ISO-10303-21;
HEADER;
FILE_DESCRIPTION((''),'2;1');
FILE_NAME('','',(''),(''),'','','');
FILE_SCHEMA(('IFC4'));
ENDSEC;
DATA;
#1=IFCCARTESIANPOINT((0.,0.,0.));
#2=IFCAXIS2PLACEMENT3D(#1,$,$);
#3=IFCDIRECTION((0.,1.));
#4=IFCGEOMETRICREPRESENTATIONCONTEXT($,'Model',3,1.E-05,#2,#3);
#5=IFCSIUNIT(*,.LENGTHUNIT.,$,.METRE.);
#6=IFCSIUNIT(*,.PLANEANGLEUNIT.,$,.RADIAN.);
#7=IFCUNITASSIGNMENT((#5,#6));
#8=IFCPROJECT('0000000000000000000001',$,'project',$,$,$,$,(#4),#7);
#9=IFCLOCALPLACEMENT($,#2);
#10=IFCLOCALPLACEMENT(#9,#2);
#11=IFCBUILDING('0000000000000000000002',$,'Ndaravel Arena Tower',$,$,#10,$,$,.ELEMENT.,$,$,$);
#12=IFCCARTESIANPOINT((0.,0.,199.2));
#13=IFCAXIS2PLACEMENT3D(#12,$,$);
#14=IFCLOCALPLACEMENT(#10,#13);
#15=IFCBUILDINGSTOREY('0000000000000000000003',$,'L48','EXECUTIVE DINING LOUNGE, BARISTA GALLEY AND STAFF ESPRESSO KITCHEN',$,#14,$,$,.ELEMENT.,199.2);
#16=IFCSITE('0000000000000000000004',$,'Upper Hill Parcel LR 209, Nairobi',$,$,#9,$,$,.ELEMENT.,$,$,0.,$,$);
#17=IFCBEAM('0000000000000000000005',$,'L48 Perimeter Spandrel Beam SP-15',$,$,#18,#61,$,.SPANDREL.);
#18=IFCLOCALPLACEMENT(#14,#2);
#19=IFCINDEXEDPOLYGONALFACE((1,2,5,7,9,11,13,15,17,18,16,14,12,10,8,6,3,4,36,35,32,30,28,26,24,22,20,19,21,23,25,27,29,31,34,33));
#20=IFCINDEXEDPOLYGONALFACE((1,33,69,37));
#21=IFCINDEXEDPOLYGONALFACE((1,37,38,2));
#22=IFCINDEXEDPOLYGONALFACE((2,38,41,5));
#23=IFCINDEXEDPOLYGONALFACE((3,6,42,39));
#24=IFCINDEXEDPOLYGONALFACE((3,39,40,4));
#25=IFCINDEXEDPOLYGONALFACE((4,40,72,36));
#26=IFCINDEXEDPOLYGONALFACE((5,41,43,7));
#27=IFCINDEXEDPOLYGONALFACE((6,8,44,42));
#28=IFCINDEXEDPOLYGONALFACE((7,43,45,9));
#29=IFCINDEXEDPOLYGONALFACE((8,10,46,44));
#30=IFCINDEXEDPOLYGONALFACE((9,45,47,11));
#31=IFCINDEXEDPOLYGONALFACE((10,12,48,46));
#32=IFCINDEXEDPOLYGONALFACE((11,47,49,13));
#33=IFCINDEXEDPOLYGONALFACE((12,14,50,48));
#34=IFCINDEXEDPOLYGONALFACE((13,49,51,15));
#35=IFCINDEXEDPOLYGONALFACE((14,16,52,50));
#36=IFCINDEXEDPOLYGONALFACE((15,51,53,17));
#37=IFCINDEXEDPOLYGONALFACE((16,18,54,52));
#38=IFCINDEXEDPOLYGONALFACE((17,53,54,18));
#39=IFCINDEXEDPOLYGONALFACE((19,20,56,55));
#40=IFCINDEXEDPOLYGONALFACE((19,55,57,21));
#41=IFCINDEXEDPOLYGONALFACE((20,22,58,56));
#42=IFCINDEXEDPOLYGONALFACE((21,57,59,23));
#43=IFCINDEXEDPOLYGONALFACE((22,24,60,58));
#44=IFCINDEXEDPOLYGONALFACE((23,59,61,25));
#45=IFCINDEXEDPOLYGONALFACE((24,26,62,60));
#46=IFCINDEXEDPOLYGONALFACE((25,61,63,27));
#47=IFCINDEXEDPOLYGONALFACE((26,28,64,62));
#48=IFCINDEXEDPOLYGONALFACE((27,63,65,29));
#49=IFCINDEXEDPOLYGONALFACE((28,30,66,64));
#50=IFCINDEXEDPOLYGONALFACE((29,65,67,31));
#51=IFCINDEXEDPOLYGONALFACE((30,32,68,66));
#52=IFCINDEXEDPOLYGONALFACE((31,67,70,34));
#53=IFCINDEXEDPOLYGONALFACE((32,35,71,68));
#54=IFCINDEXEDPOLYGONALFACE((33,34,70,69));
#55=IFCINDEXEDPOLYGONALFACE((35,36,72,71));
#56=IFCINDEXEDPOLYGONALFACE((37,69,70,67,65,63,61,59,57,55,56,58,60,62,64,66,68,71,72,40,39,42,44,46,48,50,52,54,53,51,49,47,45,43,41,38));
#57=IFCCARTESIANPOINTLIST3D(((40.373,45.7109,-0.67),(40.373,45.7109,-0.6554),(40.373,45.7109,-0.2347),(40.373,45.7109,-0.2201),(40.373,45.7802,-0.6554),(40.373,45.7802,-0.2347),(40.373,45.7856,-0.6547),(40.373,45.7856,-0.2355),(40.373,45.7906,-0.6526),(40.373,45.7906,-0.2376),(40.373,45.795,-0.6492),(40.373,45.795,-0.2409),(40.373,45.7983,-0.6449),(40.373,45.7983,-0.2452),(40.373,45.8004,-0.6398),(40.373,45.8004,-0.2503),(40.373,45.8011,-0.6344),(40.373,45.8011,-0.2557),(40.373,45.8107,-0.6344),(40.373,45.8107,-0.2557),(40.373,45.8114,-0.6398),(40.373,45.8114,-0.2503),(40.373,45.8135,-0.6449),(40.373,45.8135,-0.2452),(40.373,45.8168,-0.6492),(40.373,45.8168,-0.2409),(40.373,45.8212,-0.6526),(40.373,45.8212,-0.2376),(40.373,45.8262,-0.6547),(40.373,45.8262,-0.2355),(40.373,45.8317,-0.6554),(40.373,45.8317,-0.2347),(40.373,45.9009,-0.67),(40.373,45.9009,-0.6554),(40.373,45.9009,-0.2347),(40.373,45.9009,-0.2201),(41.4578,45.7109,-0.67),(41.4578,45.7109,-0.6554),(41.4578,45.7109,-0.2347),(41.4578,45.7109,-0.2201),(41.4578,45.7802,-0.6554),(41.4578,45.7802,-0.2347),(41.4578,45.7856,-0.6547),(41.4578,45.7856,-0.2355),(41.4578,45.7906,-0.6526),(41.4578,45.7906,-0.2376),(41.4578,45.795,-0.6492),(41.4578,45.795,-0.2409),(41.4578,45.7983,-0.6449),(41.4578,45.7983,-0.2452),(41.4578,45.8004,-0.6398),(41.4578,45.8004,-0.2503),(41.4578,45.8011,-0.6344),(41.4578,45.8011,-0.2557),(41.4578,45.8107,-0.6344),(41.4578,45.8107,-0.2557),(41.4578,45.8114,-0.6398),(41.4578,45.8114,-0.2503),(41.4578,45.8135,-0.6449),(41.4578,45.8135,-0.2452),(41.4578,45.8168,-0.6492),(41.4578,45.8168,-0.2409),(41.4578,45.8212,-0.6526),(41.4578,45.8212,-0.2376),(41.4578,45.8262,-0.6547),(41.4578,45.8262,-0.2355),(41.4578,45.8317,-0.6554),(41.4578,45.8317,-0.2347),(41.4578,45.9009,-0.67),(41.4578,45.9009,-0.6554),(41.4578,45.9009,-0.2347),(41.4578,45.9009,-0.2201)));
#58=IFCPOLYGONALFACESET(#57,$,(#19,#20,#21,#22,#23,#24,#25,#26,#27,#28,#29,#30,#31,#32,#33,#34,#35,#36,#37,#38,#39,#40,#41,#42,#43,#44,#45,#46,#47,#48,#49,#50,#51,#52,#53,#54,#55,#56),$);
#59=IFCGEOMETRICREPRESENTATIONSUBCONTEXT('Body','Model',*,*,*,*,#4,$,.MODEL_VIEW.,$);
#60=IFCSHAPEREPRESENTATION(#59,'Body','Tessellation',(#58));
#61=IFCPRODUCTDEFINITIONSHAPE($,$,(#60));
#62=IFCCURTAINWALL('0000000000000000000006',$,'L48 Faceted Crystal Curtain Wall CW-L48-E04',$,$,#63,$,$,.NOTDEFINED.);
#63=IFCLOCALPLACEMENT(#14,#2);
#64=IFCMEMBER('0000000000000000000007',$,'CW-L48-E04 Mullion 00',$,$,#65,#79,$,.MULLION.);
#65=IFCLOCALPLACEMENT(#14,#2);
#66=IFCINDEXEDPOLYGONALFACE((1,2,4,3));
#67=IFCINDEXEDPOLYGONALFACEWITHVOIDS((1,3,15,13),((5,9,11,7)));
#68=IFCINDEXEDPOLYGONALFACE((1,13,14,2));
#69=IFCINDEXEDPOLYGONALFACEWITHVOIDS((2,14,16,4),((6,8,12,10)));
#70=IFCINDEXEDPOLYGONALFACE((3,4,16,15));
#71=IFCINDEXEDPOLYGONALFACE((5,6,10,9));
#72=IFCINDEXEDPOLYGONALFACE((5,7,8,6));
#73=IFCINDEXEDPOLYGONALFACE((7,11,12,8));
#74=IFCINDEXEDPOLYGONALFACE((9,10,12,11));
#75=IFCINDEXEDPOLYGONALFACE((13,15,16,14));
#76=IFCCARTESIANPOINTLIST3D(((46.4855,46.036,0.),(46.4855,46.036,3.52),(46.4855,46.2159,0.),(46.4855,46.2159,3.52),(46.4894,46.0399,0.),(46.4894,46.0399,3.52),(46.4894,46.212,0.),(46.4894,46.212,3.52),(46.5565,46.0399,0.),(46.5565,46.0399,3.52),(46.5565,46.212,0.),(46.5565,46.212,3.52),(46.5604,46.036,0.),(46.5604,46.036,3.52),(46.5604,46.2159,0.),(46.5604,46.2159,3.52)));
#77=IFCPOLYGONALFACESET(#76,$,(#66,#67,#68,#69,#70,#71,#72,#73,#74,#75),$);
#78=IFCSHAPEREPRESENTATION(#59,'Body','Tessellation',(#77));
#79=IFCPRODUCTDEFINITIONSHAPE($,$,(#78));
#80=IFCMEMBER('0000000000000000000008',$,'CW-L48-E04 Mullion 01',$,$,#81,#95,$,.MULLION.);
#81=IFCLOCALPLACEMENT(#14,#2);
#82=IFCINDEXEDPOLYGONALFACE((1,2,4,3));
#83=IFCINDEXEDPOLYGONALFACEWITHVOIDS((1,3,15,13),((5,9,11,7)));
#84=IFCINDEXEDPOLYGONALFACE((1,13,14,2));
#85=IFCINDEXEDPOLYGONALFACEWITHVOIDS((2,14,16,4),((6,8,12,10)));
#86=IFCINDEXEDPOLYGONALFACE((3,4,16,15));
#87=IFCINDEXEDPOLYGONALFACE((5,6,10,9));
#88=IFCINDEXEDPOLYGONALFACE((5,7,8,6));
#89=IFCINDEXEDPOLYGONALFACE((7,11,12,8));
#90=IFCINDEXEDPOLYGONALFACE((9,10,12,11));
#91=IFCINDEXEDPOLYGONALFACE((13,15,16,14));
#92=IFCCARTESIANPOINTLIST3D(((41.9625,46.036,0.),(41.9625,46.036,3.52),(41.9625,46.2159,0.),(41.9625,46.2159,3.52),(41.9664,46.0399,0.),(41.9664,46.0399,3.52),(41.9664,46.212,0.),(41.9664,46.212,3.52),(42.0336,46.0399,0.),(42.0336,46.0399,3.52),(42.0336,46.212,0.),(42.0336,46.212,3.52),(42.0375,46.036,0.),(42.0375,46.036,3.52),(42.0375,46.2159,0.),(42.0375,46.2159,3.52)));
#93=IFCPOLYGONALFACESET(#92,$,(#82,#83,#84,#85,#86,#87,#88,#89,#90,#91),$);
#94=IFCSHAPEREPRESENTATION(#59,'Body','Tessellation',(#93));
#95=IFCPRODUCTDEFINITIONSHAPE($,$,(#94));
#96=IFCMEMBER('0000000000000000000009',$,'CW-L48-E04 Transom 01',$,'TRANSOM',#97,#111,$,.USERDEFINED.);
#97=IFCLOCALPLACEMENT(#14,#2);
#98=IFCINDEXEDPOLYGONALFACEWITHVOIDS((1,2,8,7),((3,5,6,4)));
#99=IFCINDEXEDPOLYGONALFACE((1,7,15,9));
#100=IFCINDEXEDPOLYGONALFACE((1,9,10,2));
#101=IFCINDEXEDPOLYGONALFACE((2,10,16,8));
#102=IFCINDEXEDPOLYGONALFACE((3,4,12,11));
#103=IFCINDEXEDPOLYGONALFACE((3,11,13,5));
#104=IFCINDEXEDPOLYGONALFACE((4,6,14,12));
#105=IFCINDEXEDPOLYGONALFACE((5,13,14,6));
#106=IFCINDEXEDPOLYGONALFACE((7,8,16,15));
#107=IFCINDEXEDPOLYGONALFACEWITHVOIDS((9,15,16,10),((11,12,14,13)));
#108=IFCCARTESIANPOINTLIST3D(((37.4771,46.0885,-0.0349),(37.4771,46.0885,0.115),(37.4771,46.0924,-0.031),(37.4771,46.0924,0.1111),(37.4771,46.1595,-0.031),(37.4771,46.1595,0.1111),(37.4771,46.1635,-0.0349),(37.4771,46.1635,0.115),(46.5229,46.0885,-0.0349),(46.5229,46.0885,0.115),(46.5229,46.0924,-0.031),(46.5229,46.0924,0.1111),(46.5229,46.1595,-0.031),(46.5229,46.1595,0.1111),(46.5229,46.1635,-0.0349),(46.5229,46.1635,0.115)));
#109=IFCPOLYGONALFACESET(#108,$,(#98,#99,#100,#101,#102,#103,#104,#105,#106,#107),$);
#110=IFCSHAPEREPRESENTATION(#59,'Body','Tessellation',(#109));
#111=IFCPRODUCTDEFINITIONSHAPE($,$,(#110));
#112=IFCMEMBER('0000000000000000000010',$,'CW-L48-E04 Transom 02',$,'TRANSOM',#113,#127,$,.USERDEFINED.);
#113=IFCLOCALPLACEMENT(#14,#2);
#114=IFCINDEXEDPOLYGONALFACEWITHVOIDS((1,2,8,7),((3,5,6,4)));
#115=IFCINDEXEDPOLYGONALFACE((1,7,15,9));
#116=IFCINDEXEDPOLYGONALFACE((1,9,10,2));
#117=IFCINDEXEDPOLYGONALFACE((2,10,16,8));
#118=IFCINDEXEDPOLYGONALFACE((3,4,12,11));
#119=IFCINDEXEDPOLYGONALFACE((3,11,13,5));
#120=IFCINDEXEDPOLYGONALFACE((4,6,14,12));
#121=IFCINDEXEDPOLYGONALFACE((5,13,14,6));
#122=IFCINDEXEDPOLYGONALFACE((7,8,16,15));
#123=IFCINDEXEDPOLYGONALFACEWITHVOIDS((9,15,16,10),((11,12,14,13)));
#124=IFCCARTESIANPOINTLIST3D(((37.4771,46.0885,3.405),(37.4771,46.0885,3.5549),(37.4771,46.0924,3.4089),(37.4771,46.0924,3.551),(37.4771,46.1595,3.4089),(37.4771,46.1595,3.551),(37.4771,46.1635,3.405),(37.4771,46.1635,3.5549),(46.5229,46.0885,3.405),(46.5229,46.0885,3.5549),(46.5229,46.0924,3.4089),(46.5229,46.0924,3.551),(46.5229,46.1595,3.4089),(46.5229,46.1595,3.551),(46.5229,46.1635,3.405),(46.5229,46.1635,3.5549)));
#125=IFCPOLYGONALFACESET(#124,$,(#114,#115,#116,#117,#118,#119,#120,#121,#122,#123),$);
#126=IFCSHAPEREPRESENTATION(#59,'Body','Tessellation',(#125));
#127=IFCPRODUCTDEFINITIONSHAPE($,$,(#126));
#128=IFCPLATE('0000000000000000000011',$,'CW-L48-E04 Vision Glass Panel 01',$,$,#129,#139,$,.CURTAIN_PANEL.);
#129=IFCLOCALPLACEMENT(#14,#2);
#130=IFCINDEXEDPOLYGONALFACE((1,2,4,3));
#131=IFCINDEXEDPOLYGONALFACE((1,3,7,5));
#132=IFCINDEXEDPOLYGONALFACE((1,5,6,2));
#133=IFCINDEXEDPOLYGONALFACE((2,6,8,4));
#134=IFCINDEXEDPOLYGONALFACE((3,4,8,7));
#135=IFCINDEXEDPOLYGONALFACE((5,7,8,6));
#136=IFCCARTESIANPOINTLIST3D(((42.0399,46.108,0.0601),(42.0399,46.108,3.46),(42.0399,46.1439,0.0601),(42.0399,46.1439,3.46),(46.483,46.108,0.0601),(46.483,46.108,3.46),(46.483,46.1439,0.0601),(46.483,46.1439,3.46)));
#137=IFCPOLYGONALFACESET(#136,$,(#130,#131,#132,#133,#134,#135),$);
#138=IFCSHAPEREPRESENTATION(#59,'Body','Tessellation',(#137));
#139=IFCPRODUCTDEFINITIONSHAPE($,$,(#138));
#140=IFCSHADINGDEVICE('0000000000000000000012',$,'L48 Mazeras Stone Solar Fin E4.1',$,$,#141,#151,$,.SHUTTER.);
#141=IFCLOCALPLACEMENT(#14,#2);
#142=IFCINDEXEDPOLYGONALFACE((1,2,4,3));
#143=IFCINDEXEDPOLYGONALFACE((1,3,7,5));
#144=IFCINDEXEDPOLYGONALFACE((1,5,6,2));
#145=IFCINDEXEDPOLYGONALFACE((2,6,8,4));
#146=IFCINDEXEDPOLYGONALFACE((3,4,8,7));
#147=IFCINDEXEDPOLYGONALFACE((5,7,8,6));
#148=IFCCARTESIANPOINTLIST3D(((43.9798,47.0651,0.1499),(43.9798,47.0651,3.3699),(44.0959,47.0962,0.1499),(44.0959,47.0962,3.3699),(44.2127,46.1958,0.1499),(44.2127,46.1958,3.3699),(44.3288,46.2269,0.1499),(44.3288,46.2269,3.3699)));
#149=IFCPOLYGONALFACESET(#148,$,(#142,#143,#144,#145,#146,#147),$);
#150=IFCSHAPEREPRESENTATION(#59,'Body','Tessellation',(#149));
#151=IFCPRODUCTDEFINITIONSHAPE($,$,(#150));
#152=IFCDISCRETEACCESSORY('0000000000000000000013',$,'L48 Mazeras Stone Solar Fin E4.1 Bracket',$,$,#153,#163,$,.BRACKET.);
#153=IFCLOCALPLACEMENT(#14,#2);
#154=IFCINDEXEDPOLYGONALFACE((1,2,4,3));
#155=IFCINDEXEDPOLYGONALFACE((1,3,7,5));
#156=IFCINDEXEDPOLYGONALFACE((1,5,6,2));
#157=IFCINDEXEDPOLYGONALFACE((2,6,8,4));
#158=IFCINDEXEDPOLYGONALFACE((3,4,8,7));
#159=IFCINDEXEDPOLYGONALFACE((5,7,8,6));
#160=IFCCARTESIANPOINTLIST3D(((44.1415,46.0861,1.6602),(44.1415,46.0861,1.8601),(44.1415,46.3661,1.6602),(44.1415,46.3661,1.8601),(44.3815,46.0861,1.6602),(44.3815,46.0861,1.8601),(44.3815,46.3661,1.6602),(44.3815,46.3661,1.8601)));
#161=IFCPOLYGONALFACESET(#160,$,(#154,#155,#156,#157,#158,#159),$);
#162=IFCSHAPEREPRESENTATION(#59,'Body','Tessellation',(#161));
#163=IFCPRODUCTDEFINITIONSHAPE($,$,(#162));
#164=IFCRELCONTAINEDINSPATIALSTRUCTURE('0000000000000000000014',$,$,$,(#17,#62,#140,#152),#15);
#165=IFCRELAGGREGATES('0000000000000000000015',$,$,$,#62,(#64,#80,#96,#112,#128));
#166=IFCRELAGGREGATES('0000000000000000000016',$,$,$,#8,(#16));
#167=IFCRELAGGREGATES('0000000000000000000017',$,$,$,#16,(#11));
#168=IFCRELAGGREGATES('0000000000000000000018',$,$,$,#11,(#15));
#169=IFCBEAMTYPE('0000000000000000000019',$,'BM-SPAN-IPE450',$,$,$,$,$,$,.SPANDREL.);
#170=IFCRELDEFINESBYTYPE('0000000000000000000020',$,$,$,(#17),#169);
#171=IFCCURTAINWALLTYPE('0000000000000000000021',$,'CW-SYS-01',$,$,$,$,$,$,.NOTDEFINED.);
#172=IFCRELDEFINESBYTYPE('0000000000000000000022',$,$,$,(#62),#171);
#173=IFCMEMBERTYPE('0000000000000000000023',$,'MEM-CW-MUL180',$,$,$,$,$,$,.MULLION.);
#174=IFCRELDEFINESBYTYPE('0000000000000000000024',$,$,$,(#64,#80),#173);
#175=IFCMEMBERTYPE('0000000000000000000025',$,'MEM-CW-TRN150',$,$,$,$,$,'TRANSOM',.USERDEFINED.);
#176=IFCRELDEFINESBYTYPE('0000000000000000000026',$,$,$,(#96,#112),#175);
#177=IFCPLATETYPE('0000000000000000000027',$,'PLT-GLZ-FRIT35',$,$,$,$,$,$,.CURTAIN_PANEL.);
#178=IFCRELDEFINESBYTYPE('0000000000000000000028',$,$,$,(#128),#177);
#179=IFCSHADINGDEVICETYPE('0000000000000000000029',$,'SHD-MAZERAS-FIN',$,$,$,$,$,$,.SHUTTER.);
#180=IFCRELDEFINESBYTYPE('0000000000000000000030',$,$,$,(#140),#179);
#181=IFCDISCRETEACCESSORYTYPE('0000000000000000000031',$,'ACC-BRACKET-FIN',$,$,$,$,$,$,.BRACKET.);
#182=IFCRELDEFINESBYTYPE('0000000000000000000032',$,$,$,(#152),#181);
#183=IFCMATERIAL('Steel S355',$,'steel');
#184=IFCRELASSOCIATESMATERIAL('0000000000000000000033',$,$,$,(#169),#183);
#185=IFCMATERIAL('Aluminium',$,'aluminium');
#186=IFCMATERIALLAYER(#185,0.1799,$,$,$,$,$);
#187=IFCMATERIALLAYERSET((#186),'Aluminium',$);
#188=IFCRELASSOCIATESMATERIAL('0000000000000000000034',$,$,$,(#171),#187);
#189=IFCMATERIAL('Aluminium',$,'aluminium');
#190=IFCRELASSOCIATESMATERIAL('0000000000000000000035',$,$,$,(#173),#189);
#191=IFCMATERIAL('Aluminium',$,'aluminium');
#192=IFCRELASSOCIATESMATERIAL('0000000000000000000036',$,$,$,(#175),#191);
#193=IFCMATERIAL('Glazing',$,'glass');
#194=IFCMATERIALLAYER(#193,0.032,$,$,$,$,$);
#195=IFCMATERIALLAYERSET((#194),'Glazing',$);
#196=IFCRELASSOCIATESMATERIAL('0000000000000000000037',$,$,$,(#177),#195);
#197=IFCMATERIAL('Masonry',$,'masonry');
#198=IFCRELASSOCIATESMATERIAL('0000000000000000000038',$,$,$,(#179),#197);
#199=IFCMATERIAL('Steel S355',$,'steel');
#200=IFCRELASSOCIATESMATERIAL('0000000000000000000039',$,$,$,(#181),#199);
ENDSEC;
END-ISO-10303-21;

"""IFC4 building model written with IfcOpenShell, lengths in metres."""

from ifc_helpers import new_model, si_unit, direction, frame, origin, origin_2d, place, context, subcontext, project, spatial, rectangle, hollow_rectangle, i_section, extrude, material, layer, layer_set, material_profile, profile_set, type_object, element, aggregate, save


model = new_model("IFC4")

# Units and contexts
model_context = context("Model", 3, precision=1e-05, world=origin(), true_north=direction((0.0, 1.0)))
body_context = subcontext(model_context, "Body", "Model", "MODEL_VIEW")
ifc_project = project(units=[si_unit("LENGTHUNIT", "METRE"), si_unit("PLANEANGLEUNIT", "RADIAN")], contexts=[model_context])

# Site, building, storey
site_placement = place(None, origin())
site = spatial("IfcSite", under=ifc_project, at=site_placement, Name="Upper Hill Parcel LR 209, Nairobi", CompositionType="ELEMENT", RefElevation=0.0)
building_placement = place(site_placement, origin())
building = spatial("IfcBuilding", under=site, at=building_placement, Name="Ndaravel Arena Tower", CompositionType="ELEMENT")
storey_placement = place(building_placement, frame((0.0, 0.0, 199.2)))
storey = spatial("IfcBuildingStorey", under=building, at=storey_placement, Name="L48", Description="EXECUTIVE DINING LOUNGE, BARISTA GALLEY AND STAFF ESPRESSO KITCHEN", CompositionType="ELEMENT", Elevation=199.2)

# Beam
ifc_material_1 = material(Name="Steel S355", Category="steel")
ifc_material_profile_1 = material_profile(ifc_material_1, i_section(OverallWidth=0.1899, OverallDepth=0.45, WebThickness=0.0095, FlangeThickness=0.0146, FilletRadius=0.021, at=origin_2d()), Name="IPE 450")
ifc_profile_set_1 = profile_set([ifc_material_profile_1], Name="Steel S355")
beam_type_1 = type_object("IfcBeamType", Name="BM-SPAN-IPE450", PredefinedType="SPANDREL", material=ifc_profile_set_1)
beam_1_placement = place(storey_placement, frame((41.4578, 45.8059, -0.4451), z_axis=(-1.0, 0.0, 0.0), x_axis=(0.0, -1.0, 0.0)))
element("IfcBeam", 1, at=beam_1_placement, inside=storey, type_object=beam_type_1, Name="L48 Perimeter Spandrel Beam SP-15", PredefinedType="SPANDREL", context=body_context, shape_type="SweptSolid", body=[
    extrude(i_section(OverallWidth=0.1899, OverallDepth=0.45, WebThickness=0.0095, FlangeThickness=0.0146, FilletRadius=0.021, at=origin_2d()), origin(), (0.0, 0.0, 1.0), 1.0847),
])

# Curtain wall, members, plate
ifc_material_2 = material(Name="Aluminium", Category="aluminium")
ifc_layer_1 = layer(ifc_material_2, 0.1799)
ifc_layer_set_1 = layer_set([ifc_layer_1], Name="Aluminium")
curtain_wall_type = type_object("IfcCurtainWallType", Name="CW-SYS-01", PredefinedType="NOTDEFINED", material=ifc_layer_set_1)
curtain_wall_placement = place(storey_placement, origin())
curtain_wall = element("IfcCurtainWall", 2, at=curtain_wall_placement, inside=storey, type_object=curtain_wall_type, Name="L48 Faceted Crystal Curtain Wall CW-L48-E04", PredefinedType="NOTDEFINED")
ifc_material_3 = material(Name="Aluminium", Category="aluminium")
ifc_material_profile_2 = material_profile(ifc_material_3, hollow_rectangle(XDim=0.075, YDim=0.1799, WallThickness=0.0039, at=origin_2d()), Name="CW MULLION 75x180x4")
ifc_profile_set_2 = profile_set([ifc_material_profile_2], Name="Aluminium")
member_type_1 = type_object("IfcMemberType", Name="MEM-CW-MUL180", PredefinedType="MULLION", material=ifc_profile_set_2)
member_1_placement = place(storey_placement, frame((46.5229, 46.126, 0.0), z_axis=(0.0, 0.0, 1.0), x_axis=(-1.0, 0.0, 0.0)))
member_1 = element("IfcMember", 3, at=member_1_placement, type_object=member_type_1, Name="CW-L48-E04 Mullion 00", PredefinedType="MULLION", context=body_context, shape_type="SweptSolid", body=[
    extrude(hollow_rectangle(XDim=0.075, YDim=0.1799, WallThickness=0.0039, at=origin_2d()), origin(), (0.0, 0.0, 1.0), 3.52),
])
member_2_placement = place(storey_placement, frame((42.0, 46.126, 0.0), z_axis=(0.0, 0.0, 1.0), x_axis=(-1.0, 0.0, 0.0)))
member_2 = element("IfcMember", 4, at=member_2_placement, type_object=member_type_1, Name="CW-L48-E04 Mullion 01", PredefinedType="MULLION", context=body_context, shape_type="SweptSolid", body=[
    extrude(hollow_rectangle(XDim=0.075, YDim=0.1799, WallThickness=0.0039, at=origin_2d()), origin(), (0.0, 0.0, 1.0), 3.52),
])
ifc_material_4 = material(Name="Aluminium", Category="aluminium")
ifc_material_profile_3 = material_profile(ifc_material_4, hollow_rectangle(XDim=0.075, YDim=0.1499, WallThickness=0.0039, at=origin_2d()), Name="CW TRANSOM 75x150x4")
ifc_profile_set_3 = profile_set([ifc_material_profile_3], Name="Aluminium")
member_type_2 = type_object("IfcMemberType", Name="MEM-CW-TRN150", ElementType="TRANSOM", PredefinedType="USERDEFINED", material=ifc_profile_set_3)
member_3_placement = place(storey_placement, frame((46.5229, 46.126, 0.04), z_axis=(-1.0, 0.0, 0.0), x_axis=(0.0, -1.0, 0.0)))
member_3 = element("IfcMember", 5, at=member_3_placement, type_object=member_type_2, Name="CW-L48-E04 Transom 01", ObjectType="TRANSOM", PredefinedType="USERDEFINED", context=body_context, shape_type="SweptSolid", body=[
    extrude(hollow_rectangle(XDim=0.075, YDim=0.1499, WallThickness=0.0039, at=origin_2d()), origin(), (0.0, 0.0, 1.0), 9.0459),
])
member_4_placement = place(storey_placement, frame((46.5229, 46.126, 3.48), z_axis=(-1.0, 0.0, 0.0), x_axis=(0.0, -1.0, 0.0)))
member_4 = element("IfcMember", 6, at=member_4_placement, type_object=member_type_2, Name="CW-L48-E04 Transom 02", ObjectType="TRANSOM", PredefinedType="USERDEFINED", context=body_context, shape_type="SweptSolid", body=[
    extrude(hollow_rectangle(XDim=0.075, YDim=0.1499, WallThickness=0.0039, at=origin_2d()), origin(), (0.0, 0.0, 1.0), 9.0459),
])
ifc_material_5 = material(Name="Glazing", Category="glass")
ifc_layer_2 = layer(ifc_material_5, 0.032)
ifc_layer_set_2 = layer_set([ifc_layer_2], Name="Glazing")
plate_type = type_object("IfcPlateType", Name="PLT-GLZ-FRIT35", PredefinedType="CURTAIN_PANEL", material=ifc_layer_set_2)
plate_placement = place(storey_placement, frame((44.2615, 46.126, 0.0601), z_axis=(0.0, 0.0, 1.0), x_axis=(-1.0, 0.0, 0.0)))
plate = element("IfcPlate", 7, at=plate_placement, type_object=plate_type, Name="CW-L48-E04 Vision Glass Panel 01", PredefinedType="CURTAIN_PANEL", context=body_context, shape_type="SweptSolid", body=[
    extrude(rectangle(XDim=4.4431, YDim=0.0359, at=origin_2d()), origin(), (0.0, 0.0, 1.0), 3.3999),
])
aggregate(curtain_wall, [member_1, member_2, member_3, member_4, plate])

# Shading device
ifc_material_6 = material(Name="Masonry", Category="masonry")
shading_device_type = type_object("IfcShadingDeviceType", Name="SHD-MAZERAS-FIN", PredefinedType="SHUTTER", material=ifc_material_6)
shading_device_placement = place(storey_placement, frame((44.1543, 46.646, 0.1499), z_axis=(0.0, 0.0, 1.0), x_axis=(-0.258819, 0.965926, 0.0)))
element("IfcShadingDevice", 8, at=shading_device_placement, inside=storey, type_object=shading_device_type, Name="L48 Mazeras Stone Solar Fin E4.1", PredefinedType="SHUTTER", context=body_context, shape_type="SweptSolid", body=[
    extrude(rectangle(XDim=0.8999, YDim=0.1201, at=origin_2d()), origin(), (0.0, 0.0, 1.0), 3.22),
])

# Discrete accessory
ifc_material_7 = material(Name="Steel S355", Category="steel")
discrete_accessory_type = type_object("IfcDiscreteAccessoryType", Name="ACC-BRACKET-FIN", PredefinedType="BRACKET", material=ifc_material_7)
discrete_accessory_placement = place(storey_placement, frame((44.2615, 46.2261, 1.6602), z_axis=(0.0, 0.0, 1.0), x_axis=(0.0, 1.0, 0.0)))
element("IfcDiscreteAccessory", 9, at=discrete_accessory_placement, inside=storey, type_object=discrete_accessory_type, Name="L48 Mazeras Stone Solar Fin E4.1 Bracket", PredefinedType="BRACKET", context=body_context, shape_type="SweptSolid", body=[
    extrude(rectangle(XDim=0.28, YDim=0.24, at=origin_2d()), origin(), (0.0, 0.0, 1.0), 0.2),
])

save(model, "model.ifc")
